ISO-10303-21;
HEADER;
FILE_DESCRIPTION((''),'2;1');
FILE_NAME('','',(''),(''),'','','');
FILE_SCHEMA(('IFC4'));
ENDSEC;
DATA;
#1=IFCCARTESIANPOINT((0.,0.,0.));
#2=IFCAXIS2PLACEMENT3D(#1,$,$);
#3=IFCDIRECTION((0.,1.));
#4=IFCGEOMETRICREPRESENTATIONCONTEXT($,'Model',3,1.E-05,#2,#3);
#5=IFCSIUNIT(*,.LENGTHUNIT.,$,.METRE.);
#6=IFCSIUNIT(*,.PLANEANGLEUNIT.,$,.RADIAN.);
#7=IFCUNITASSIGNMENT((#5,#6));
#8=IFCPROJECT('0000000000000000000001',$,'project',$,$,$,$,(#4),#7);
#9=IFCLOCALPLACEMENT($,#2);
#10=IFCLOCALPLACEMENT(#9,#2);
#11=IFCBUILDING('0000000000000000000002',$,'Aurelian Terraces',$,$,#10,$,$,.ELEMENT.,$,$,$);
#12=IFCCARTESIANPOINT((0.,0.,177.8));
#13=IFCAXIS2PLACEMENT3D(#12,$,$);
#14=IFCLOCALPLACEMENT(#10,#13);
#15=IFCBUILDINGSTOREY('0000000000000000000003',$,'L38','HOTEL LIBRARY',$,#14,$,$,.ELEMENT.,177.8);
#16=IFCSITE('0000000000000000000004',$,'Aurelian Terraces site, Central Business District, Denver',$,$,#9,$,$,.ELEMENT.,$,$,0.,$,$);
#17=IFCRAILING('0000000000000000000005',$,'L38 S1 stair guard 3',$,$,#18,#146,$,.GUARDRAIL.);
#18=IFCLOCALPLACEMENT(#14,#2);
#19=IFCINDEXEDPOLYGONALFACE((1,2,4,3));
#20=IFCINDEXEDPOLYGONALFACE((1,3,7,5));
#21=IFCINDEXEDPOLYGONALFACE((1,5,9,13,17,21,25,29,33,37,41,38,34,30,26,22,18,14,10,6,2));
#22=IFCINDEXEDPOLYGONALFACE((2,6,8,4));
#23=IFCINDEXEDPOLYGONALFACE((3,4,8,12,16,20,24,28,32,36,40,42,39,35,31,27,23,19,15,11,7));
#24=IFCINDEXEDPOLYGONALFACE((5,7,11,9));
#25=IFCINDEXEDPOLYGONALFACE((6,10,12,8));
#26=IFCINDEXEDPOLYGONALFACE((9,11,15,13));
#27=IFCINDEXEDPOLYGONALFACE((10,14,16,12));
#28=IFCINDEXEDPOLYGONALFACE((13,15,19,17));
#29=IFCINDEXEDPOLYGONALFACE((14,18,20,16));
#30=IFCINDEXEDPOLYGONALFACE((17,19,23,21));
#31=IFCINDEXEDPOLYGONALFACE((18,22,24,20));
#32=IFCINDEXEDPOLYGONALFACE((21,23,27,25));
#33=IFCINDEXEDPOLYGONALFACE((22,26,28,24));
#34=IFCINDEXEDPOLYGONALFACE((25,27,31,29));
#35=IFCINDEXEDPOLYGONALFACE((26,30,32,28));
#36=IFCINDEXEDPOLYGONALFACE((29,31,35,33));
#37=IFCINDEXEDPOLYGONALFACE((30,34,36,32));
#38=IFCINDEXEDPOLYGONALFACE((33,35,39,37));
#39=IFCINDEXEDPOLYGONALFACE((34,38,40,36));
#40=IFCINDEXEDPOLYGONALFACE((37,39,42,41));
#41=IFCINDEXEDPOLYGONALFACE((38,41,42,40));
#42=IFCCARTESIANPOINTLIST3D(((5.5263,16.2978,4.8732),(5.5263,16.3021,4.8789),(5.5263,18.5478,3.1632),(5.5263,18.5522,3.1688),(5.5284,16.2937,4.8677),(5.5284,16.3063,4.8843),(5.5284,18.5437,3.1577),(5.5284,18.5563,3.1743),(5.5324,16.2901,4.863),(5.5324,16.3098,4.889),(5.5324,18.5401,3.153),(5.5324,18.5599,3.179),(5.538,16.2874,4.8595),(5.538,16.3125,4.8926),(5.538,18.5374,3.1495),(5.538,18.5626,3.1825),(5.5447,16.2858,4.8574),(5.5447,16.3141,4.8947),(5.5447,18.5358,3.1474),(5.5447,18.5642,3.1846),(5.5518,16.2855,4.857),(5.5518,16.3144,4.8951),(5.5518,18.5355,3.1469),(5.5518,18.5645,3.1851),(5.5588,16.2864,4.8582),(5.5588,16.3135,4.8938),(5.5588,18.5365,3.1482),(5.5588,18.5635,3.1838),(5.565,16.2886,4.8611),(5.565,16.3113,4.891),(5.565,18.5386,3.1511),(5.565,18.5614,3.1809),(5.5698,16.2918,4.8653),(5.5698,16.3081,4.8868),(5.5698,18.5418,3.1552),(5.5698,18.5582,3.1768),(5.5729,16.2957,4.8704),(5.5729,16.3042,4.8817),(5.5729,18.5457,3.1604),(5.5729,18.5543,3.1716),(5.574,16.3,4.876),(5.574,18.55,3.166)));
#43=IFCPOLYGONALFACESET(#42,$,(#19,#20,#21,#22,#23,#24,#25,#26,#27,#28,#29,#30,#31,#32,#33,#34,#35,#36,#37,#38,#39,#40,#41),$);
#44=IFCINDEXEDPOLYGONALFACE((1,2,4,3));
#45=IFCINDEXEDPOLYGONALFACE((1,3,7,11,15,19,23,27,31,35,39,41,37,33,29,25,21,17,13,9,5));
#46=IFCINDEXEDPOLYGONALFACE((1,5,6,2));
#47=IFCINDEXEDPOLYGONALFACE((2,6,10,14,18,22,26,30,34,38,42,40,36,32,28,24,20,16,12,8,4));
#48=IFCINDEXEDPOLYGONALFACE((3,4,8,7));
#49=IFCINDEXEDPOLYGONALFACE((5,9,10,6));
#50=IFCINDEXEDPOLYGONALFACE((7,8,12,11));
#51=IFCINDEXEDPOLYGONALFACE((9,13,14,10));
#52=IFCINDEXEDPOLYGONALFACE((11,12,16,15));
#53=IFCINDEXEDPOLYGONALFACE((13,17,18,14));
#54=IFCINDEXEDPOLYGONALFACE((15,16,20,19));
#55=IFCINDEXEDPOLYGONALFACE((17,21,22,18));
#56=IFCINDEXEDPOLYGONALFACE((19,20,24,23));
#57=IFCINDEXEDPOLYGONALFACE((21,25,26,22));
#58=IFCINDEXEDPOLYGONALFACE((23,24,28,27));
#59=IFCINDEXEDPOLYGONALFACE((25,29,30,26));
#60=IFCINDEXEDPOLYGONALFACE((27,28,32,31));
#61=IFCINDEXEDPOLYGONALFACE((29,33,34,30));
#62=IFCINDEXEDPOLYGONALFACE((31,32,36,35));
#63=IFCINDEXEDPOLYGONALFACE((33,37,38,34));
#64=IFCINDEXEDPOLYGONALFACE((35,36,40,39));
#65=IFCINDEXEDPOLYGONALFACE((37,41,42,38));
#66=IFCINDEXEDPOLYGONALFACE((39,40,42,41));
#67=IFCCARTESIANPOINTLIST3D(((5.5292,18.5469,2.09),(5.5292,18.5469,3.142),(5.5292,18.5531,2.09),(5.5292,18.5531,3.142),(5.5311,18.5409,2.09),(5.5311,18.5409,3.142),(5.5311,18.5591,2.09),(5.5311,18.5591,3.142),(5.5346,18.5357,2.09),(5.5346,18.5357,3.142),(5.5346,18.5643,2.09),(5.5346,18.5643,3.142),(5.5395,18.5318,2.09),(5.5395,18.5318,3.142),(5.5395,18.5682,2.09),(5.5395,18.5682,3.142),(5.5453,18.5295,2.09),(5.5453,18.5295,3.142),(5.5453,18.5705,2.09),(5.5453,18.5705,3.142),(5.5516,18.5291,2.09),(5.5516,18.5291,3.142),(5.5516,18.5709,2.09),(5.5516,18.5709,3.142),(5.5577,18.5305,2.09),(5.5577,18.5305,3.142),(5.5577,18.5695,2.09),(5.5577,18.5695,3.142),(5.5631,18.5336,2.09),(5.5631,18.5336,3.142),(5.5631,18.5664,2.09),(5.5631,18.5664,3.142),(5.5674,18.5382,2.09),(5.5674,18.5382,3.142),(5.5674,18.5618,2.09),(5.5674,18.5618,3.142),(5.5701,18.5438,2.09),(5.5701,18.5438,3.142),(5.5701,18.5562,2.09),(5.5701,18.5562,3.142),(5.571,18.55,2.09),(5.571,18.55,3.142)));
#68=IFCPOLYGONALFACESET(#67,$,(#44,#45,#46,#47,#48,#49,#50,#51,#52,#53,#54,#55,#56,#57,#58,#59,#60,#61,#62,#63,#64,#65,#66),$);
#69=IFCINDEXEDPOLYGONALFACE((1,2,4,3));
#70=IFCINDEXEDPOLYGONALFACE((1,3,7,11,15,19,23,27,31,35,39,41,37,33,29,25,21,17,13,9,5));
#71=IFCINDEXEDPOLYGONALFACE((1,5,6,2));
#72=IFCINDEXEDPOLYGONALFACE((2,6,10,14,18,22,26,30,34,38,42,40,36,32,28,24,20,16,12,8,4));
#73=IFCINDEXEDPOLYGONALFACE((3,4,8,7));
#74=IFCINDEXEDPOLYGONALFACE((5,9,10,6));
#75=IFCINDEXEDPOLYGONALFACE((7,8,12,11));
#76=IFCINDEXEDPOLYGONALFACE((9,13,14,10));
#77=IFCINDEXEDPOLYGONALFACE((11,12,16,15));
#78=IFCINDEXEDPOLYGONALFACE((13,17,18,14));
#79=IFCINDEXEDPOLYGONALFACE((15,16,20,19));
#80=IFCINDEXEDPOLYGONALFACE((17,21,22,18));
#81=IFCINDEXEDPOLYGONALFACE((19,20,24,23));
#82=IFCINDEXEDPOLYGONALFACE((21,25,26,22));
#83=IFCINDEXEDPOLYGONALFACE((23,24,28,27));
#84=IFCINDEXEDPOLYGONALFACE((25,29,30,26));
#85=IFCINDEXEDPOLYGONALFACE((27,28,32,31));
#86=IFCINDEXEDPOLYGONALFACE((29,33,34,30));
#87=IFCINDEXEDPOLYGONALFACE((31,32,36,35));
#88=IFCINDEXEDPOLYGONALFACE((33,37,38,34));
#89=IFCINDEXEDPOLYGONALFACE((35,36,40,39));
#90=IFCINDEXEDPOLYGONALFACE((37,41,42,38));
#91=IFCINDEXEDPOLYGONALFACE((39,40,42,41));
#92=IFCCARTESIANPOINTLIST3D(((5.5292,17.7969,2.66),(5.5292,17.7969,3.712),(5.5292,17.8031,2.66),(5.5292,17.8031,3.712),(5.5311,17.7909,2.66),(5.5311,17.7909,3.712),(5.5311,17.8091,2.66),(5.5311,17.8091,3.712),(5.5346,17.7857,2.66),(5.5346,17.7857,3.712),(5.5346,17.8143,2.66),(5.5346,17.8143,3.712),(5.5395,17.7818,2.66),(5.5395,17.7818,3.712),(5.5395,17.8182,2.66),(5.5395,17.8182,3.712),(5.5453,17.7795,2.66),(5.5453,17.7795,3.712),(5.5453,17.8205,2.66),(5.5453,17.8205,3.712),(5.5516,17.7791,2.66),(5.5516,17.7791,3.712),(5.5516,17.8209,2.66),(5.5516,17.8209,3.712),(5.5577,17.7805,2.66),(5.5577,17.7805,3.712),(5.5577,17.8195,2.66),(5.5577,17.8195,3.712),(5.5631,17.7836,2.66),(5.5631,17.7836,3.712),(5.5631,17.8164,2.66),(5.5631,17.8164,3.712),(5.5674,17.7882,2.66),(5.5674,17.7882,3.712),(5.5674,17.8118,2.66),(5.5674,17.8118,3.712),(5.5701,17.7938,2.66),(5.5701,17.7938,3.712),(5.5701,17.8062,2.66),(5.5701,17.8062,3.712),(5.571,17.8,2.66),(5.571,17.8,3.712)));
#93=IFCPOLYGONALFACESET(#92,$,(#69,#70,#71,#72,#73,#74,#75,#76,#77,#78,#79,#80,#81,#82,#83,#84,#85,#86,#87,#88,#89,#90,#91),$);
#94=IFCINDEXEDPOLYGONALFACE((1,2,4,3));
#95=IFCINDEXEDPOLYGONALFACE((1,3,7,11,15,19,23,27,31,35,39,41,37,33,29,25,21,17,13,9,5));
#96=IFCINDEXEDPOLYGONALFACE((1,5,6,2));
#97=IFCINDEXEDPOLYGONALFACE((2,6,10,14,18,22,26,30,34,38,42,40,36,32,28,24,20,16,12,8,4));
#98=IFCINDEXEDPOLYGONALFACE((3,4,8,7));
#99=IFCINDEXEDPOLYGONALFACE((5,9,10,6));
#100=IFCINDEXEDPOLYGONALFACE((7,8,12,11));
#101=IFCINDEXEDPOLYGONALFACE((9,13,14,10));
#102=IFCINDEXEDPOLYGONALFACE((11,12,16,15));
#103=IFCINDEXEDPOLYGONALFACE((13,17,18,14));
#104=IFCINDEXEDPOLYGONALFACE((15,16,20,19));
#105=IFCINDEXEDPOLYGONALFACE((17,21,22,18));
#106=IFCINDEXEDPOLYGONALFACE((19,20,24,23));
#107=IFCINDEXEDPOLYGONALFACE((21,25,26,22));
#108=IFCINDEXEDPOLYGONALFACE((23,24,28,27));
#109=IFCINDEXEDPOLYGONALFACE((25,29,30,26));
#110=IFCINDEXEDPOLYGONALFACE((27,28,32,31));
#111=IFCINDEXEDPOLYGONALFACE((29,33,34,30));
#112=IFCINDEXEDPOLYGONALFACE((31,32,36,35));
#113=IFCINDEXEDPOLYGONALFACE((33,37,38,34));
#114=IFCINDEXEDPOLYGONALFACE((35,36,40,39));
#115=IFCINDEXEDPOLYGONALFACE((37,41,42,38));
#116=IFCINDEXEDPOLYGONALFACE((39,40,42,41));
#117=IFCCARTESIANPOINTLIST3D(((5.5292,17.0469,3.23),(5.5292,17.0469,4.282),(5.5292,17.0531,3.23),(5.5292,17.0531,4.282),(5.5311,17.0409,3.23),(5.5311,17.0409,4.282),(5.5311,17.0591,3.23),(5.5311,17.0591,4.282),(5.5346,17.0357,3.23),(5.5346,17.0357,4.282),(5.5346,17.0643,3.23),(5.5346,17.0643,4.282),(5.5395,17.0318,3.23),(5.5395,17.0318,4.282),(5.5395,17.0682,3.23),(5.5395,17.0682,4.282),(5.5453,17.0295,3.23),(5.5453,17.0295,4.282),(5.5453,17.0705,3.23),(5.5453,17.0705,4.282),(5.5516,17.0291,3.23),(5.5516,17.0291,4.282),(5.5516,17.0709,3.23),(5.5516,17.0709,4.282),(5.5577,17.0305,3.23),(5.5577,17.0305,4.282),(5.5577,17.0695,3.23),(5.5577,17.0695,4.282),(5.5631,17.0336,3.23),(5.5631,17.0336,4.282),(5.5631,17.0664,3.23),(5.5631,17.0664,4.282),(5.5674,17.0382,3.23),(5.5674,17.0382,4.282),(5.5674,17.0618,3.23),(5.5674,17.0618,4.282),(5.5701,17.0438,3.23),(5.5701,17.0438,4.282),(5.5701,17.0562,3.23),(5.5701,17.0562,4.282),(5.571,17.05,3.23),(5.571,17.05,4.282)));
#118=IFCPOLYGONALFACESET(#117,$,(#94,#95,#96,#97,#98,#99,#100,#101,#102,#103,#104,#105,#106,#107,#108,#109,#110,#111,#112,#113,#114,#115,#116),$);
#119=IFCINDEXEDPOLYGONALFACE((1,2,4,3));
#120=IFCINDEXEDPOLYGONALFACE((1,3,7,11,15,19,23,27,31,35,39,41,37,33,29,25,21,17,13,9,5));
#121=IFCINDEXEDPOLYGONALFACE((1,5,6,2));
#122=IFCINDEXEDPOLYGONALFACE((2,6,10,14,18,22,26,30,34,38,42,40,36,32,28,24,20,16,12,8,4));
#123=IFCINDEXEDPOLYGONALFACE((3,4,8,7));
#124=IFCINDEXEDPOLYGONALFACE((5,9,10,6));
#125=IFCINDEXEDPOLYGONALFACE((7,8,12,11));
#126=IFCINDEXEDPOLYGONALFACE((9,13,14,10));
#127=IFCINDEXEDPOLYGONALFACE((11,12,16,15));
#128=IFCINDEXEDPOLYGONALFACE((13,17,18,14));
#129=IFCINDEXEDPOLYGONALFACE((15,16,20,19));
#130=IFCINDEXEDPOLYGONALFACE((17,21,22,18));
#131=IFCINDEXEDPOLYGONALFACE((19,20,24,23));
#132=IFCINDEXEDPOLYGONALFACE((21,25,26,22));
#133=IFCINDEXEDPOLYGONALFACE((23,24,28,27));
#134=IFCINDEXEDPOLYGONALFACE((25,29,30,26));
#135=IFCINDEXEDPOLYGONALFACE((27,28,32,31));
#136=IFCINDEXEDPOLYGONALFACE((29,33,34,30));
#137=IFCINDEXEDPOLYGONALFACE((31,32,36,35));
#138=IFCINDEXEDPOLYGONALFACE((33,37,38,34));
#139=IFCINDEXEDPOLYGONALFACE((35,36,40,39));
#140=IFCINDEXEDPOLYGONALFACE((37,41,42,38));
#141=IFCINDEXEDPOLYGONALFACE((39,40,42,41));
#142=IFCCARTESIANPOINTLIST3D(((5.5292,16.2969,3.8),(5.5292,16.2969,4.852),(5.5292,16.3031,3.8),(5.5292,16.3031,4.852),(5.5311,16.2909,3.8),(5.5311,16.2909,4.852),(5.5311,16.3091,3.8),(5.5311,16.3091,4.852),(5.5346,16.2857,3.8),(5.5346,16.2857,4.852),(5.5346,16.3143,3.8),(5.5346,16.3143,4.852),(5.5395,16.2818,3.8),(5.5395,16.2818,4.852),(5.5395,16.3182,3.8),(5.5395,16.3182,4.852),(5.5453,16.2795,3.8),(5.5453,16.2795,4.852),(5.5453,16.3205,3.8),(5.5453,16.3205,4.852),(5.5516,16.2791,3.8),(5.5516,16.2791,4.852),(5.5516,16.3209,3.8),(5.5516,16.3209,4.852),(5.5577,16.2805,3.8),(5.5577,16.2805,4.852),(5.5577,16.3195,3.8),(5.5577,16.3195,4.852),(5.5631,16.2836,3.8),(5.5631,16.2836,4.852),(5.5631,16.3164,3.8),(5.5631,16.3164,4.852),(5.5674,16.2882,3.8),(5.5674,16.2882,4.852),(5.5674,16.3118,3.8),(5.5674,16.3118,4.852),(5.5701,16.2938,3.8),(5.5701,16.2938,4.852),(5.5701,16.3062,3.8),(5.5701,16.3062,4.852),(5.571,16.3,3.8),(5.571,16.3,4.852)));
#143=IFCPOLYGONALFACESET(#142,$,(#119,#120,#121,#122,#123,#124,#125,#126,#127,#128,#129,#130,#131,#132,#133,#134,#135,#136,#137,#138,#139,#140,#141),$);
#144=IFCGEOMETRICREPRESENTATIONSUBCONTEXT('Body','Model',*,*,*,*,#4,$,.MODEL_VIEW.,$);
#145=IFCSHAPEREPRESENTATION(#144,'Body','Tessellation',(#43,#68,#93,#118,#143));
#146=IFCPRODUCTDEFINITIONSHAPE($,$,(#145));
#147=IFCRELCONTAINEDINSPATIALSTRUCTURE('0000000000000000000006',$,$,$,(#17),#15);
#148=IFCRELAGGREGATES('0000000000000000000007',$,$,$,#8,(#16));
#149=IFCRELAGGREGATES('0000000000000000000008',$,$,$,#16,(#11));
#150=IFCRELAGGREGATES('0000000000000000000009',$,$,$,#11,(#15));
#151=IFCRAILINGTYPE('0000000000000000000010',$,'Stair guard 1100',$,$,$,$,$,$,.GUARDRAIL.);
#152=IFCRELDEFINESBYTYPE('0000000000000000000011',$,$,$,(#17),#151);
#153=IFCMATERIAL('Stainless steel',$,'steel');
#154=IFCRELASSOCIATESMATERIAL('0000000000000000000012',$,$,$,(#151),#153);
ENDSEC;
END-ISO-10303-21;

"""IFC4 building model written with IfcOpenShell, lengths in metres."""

from ifc_helpers import new_model, si_unit, direction, frame, origin, origin_2d, place, context, subcontext, project, spatial, circle, extrude, material, type_object, element, save


model = new_model("IFC4")

# Units and contexts
model_context = context("Model", 3, precision=1e-05, world=origin(), true_north=direction((0.0, 1.0)))
body_context = subcontext(model_context, "Body", "Model", "MODEL_VIEW")
ifc_project = project(units=[si_unit("LENGTHUNIT", "METRE"), si_unit("PLANEANGLEUNIT", "RADIAN")], contexts=[model_context])

# Site, building, storey
site_placement = place(None, origin())
site = spatial("IfcSite", under=ifc_project, at=site_placement, Name="Aurelian Terraces site, Central Business District, Denver", CompositionType="ELEMENT", RefElevation=0.0)
building_placement = place(site_placement, origin())
building = spatial("IfcBuilding", under=site, at=building_placement, Name="Aurelian Terraces", CompositionType="ELEMENT")
storey_placement = place(building_placement, frame((0.0, 0.0, 177.8)))
storey = spatial("IfcBuildingStorey", under=building, at=storey_placement, Name="L38", Description="HOTEL LIBRARY", CompositionType="ELEMENT", Elevation=177.8)

# Railing
ifc_material_1 = material(Name="Stainless steel", Category="steel")
railing_type_1 = type_object("IfcRailingType", Name="Stair guard 1100", PredefinedType="GUARDRAIL", material=ifc_material_1)
railing_1_placement = place(storey_placement, frame((5.55, 18.55, 2.09)))
element("IfcRailing", 1, at=railing_1_placement, inside=storey, type_object=railing_type_1, Name="L38 S1 stair guard 3", PredefinedType="GUARDRAIL", context=body_context, shape_type="SweptSolid", body=[
    extrude(circle(Radius=0.024, at=origin_2d()), frame((0.0, 0.0, 1.076), z_axis=(0.0, -0.796162, 0.605083), x_axis=(1.0, 0.0, 0.0)), (0.0, 0.0, 1.0), 2.8261),
    extrude(circle(Radius=0.021, at=origin_2d()), origin(), (0.0, 0.0, 1.0), 1.052),
    extrude(circle(Radius=0.021, at=origin_2d()), frame((0.0, -0.75, 0.57)), (0.0, 0.0, 1.0), 1.052),
    extrude(circle(Radius=0.021, at=origin_2d()), frame((0.0, -1.5, 1.14)), (0.0, 0.0, 1.0), 1.052),
    extrude(circle(Radius=0.021, at=origin_2d()), frame((0.0, -2.25, 1.71)), (0.0, 0.0, 1.0), 1.052),
])

save(model, "model.ifc")
